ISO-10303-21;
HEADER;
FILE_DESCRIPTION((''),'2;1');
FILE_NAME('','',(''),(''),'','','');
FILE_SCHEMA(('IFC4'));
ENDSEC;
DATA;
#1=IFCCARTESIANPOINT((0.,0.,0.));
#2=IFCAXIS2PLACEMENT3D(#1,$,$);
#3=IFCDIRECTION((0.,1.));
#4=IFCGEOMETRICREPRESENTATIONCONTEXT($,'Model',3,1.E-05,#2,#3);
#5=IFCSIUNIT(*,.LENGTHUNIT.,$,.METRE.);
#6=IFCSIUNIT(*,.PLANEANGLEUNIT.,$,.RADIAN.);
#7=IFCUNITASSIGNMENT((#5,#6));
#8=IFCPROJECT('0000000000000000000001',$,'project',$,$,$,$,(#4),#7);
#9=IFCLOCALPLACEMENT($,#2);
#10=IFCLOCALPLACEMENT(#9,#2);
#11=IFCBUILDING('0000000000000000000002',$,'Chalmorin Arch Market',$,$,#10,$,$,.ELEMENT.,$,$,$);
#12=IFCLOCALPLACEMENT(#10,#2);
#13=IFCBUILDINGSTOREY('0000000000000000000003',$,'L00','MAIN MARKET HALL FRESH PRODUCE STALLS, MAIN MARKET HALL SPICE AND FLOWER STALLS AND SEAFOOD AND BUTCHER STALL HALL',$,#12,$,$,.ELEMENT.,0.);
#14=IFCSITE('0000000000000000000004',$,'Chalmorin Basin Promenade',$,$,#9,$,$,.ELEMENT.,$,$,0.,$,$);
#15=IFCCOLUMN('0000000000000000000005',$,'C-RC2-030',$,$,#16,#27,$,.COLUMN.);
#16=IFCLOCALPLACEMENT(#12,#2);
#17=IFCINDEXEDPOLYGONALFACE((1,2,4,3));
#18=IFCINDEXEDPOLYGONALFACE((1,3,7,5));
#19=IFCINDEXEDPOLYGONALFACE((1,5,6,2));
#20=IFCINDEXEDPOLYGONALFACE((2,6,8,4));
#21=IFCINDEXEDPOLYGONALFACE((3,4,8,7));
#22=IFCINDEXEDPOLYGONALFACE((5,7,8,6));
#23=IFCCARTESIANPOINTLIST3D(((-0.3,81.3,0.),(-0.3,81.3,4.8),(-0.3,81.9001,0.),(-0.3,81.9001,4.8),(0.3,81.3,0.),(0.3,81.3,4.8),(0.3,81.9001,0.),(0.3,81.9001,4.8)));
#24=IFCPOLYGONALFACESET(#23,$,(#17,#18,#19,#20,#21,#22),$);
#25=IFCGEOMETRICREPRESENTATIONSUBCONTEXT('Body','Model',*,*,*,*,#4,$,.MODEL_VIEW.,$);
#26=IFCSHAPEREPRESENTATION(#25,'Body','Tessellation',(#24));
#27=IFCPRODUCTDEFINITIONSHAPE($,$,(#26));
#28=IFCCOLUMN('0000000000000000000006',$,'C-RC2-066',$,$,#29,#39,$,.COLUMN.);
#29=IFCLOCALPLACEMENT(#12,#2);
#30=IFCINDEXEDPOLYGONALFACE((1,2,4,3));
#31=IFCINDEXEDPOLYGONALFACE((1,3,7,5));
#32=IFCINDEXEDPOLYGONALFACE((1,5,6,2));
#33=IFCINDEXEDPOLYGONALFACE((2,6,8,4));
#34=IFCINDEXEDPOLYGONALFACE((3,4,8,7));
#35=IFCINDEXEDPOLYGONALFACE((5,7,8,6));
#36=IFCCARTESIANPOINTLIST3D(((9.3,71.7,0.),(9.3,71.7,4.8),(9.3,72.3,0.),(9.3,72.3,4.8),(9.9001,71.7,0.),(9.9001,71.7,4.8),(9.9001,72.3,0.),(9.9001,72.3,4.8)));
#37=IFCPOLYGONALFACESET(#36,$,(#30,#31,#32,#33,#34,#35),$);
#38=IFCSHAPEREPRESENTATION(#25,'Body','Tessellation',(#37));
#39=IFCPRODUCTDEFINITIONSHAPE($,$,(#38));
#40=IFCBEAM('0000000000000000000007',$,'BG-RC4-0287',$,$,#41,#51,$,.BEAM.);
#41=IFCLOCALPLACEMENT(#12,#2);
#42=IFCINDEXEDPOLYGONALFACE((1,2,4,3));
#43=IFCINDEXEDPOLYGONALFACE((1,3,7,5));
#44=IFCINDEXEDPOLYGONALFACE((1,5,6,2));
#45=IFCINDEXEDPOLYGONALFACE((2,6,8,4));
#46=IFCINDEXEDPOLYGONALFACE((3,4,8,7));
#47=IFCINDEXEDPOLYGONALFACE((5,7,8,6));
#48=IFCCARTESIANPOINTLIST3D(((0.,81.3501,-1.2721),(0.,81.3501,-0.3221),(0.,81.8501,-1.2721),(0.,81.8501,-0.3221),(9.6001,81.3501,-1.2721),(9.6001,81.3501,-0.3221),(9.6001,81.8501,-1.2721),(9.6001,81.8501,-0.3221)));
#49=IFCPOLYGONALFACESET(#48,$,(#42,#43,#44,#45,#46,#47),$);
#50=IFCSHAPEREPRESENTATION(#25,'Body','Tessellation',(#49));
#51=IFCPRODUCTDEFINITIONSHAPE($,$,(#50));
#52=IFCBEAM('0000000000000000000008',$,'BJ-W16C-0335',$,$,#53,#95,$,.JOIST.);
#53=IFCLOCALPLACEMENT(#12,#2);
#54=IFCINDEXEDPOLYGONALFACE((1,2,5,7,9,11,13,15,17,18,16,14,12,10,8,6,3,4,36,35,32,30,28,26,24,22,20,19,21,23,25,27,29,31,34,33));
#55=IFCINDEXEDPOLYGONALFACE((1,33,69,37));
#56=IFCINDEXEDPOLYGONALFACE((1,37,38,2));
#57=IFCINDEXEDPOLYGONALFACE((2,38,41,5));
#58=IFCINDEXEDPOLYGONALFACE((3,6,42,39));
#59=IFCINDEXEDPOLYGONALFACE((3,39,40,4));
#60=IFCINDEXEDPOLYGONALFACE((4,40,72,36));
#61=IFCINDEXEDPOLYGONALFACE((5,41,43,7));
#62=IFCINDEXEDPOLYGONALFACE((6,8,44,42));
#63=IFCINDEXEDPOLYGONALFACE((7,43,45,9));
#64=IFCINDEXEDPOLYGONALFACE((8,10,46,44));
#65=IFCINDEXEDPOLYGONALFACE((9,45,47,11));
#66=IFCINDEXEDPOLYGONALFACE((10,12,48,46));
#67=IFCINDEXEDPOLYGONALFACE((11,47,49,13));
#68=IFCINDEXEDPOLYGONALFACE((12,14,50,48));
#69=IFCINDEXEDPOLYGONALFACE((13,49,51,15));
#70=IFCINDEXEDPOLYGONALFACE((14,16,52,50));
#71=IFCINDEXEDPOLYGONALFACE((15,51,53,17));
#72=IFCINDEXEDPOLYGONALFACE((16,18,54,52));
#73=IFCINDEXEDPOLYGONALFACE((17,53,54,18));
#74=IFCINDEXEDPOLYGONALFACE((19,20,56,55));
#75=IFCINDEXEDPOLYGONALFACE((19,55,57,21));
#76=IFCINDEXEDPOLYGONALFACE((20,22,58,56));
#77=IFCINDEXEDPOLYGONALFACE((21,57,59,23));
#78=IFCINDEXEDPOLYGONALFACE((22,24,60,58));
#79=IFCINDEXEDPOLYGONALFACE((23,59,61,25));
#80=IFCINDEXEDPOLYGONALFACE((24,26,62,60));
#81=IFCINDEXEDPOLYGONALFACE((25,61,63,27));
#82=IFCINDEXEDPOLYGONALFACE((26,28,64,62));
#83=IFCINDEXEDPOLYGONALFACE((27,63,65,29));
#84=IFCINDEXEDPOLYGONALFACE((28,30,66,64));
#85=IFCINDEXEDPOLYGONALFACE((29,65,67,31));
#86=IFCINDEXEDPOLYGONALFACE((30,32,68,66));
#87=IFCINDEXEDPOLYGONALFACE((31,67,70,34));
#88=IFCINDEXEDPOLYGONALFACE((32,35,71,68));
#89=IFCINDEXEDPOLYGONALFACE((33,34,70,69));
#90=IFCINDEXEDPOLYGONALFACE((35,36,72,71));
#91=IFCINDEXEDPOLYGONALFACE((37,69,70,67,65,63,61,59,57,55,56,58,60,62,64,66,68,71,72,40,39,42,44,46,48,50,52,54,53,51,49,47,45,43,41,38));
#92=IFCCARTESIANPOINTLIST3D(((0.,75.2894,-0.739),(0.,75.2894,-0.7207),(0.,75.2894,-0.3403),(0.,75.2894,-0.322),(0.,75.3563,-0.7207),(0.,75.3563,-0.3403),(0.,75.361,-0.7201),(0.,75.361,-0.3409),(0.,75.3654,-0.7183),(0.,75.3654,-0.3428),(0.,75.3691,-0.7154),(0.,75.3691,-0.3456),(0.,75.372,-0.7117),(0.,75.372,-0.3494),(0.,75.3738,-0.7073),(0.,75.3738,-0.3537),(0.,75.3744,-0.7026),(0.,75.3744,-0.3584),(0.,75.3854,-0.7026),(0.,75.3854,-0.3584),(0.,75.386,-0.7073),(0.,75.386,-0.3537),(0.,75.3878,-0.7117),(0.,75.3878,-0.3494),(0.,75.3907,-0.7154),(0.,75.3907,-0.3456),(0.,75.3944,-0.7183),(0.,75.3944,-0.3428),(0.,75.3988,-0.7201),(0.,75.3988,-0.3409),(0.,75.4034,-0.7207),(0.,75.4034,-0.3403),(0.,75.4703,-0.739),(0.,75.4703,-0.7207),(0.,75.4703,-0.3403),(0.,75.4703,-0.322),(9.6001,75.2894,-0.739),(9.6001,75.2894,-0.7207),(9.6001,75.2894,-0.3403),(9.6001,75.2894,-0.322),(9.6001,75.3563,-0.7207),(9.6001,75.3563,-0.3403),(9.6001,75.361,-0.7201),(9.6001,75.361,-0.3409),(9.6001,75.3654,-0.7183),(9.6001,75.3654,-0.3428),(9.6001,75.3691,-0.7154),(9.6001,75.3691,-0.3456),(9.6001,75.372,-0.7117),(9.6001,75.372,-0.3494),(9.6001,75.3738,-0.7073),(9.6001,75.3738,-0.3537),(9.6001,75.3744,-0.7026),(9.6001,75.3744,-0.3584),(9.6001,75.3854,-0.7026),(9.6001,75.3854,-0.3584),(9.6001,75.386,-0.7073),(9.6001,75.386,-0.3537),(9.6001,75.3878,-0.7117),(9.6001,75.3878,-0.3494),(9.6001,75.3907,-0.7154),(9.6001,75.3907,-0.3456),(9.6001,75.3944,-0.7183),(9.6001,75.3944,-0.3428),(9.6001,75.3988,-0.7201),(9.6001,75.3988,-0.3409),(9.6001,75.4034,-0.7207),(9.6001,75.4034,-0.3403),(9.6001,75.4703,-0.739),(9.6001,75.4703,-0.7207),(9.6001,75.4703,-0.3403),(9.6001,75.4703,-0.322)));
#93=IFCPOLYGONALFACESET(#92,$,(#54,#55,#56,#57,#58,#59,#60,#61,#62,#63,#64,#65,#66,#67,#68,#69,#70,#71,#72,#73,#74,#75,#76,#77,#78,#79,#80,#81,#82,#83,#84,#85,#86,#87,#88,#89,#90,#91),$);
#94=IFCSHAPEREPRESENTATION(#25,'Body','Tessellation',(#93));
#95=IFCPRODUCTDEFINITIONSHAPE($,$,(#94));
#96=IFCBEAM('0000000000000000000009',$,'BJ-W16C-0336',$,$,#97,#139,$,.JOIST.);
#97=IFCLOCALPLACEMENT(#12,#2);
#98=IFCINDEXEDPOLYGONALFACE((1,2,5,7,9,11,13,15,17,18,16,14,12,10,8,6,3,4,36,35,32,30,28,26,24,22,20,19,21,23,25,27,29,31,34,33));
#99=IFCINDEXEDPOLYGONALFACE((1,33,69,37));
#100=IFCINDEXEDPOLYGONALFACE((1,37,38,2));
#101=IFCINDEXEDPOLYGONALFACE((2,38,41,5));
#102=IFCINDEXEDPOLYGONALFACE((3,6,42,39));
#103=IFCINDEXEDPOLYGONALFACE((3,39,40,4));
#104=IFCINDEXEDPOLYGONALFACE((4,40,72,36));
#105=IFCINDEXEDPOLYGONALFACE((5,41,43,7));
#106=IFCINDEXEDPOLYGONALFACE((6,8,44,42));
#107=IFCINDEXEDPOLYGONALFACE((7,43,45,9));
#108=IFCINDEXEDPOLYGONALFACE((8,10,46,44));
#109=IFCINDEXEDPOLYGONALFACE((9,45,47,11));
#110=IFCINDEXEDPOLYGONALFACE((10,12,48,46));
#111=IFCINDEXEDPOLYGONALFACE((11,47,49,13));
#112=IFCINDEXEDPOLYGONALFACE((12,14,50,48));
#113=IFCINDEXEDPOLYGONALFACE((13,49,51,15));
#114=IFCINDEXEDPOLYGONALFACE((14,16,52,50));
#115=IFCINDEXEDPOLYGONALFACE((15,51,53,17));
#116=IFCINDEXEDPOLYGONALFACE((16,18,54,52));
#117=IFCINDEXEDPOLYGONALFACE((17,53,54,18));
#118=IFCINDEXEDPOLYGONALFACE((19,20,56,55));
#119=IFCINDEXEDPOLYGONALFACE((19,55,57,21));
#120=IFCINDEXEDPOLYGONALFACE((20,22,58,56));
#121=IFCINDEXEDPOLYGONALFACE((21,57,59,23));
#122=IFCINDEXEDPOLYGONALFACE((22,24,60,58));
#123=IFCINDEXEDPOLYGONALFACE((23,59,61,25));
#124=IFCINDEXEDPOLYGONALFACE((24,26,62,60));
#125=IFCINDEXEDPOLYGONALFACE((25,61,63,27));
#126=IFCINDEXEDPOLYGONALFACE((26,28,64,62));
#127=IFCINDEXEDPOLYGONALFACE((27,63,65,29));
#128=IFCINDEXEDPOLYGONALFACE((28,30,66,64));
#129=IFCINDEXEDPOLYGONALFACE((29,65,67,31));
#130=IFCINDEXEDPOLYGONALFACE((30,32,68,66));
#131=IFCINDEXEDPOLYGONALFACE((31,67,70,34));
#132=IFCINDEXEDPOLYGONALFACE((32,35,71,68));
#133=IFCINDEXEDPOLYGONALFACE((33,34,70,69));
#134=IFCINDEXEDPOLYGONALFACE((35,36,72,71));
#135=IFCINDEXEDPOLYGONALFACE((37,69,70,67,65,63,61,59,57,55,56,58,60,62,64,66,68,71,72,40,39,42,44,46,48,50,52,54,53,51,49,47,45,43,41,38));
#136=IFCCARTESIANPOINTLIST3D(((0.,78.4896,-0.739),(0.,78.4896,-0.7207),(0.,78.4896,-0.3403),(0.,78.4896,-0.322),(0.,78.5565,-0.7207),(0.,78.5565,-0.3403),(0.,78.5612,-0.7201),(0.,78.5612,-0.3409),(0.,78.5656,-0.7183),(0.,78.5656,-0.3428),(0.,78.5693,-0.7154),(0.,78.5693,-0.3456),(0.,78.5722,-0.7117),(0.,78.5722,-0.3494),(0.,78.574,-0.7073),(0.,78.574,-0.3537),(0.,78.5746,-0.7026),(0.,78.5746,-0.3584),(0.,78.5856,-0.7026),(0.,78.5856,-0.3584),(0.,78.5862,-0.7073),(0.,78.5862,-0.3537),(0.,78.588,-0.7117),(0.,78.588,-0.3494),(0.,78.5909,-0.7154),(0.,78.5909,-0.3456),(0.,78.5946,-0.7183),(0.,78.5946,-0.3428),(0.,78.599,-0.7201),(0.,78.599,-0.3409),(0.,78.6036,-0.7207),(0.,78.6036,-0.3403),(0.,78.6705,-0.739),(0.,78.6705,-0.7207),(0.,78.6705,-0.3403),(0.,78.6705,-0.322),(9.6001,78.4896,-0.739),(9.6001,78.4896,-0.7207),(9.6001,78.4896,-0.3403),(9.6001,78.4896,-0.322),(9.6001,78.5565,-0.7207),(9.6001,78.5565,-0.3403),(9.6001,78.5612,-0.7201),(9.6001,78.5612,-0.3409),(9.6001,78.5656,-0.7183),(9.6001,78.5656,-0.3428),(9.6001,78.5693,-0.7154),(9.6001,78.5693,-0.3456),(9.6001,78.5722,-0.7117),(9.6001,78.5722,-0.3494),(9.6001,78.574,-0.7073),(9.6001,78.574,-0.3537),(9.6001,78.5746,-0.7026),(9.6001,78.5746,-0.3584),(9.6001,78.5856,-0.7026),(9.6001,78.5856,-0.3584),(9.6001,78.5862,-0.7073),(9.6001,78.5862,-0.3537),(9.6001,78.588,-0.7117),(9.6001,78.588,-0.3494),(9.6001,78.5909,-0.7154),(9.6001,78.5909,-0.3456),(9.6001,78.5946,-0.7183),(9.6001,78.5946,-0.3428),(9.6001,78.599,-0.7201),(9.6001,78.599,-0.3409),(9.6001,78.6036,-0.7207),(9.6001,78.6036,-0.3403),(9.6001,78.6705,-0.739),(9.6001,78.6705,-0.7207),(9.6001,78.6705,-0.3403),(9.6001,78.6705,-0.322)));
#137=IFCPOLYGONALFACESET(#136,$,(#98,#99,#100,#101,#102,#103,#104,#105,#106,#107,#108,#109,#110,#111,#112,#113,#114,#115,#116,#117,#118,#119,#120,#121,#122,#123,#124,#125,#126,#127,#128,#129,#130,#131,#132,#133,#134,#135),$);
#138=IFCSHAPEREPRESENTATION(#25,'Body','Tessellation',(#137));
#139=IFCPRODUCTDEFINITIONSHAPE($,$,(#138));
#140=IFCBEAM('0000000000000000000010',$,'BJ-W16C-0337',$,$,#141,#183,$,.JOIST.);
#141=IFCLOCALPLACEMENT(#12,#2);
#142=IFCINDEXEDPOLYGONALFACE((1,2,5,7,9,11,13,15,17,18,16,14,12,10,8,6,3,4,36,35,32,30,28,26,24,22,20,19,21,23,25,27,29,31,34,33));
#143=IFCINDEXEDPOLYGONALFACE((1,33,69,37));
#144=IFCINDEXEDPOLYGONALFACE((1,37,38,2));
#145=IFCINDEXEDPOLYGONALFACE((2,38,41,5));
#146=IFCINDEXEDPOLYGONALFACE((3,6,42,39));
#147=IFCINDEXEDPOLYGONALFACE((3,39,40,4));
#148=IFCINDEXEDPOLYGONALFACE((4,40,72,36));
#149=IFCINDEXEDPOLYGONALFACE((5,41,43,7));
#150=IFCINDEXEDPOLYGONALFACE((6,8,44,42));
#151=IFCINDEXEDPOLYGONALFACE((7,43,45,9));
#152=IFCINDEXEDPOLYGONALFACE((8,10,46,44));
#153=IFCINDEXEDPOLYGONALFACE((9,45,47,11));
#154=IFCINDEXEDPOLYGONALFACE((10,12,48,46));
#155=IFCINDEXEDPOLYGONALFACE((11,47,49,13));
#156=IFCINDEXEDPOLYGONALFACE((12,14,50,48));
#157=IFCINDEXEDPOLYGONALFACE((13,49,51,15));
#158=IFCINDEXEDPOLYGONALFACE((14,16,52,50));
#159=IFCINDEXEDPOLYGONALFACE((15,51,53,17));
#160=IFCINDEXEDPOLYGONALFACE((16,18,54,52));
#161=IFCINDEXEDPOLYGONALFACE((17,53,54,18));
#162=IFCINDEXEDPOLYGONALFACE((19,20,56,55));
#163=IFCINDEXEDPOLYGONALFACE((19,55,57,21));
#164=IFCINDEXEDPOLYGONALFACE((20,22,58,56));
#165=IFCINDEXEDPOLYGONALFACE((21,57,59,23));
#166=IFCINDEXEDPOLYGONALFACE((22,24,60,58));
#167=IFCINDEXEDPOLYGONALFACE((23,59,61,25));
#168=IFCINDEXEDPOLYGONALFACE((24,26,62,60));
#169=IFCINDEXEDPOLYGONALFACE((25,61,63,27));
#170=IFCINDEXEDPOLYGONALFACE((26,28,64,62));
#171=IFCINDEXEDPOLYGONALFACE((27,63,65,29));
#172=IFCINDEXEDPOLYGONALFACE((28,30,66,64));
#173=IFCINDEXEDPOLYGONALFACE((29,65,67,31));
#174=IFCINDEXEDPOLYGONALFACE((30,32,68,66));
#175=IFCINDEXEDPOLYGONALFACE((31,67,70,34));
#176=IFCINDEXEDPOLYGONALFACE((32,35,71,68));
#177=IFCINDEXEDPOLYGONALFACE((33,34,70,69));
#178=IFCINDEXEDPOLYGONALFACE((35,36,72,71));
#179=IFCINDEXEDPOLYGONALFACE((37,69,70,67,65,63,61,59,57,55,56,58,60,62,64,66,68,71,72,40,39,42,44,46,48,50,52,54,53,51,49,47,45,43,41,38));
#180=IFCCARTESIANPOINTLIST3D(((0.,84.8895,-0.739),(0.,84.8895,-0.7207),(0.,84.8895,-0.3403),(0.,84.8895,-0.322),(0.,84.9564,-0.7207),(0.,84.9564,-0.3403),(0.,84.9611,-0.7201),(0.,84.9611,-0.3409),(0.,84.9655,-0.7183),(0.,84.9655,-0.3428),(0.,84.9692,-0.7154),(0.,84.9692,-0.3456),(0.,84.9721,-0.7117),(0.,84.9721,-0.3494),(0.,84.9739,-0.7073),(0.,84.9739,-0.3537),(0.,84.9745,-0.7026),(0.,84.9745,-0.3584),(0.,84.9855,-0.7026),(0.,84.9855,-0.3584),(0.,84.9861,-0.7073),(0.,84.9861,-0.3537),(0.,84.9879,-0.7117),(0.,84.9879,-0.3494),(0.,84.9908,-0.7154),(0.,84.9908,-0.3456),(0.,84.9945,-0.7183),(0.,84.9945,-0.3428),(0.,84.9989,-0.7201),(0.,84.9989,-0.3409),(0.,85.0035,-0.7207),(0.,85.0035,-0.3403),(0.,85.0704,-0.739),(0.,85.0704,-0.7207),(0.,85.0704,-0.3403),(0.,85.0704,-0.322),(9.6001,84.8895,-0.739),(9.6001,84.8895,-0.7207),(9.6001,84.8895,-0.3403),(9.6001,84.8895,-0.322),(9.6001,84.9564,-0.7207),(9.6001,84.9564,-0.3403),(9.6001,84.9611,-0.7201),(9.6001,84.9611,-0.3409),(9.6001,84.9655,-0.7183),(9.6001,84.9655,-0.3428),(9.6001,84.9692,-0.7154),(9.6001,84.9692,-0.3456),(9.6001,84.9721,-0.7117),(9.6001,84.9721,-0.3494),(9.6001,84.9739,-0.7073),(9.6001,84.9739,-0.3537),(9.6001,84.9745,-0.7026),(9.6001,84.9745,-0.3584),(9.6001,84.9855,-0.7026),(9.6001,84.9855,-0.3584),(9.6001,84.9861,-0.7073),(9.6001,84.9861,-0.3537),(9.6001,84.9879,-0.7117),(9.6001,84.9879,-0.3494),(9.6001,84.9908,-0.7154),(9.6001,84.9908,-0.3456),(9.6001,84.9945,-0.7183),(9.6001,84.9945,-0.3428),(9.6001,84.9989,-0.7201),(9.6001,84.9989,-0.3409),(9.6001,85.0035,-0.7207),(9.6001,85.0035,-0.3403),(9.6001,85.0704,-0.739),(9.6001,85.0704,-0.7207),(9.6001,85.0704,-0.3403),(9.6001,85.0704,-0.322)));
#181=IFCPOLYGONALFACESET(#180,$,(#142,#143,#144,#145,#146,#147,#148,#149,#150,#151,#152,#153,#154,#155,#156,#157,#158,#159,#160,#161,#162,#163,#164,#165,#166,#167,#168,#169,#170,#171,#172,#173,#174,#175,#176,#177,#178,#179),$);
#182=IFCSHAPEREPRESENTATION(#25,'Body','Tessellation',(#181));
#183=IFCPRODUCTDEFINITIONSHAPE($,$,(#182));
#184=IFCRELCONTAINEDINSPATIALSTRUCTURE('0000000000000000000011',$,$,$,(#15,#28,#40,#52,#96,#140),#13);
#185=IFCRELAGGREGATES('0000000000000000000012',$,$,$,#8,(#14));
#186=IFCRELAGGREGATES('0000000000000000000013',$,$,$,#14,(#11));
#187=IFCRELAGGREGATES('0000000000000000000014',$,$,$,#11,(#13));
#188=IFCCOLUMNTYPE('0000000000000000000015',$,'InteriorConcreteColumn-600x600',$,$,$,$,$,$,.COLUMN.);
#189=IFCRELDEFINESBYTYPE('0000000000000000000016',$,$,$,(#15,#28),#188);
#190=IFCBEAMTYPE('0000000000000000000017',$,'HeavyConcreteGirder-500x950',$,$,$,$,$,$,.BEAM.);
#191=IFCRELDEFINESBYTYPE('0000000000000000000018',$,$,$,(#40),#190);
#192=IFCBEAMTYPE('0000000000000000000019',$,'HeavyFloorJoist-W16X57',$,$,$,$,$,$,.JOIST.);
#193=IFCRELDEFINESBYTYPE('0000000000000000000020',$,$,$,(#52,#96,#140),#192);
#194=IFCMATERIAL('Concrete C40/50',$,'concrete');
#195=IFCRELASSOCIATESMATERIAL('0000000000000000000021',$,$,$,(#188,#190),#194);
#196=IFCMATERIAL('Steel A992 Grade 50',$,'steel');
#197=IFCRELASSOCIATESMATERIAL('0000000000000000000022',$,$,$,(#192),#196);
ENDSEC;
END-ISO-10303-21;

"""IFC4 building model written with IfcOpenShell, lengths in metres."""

from ifc_helpers import new_model, si_unit, direction, frame, origin, origin_2d, place, context, subcontext, project, spatial, rectangle, i_section, extrude, material, material_profile, profile_set, type_object, element, save


model = new_model("IFC4")

# Units and contexts
model_context = context("Model", 3, precision=1e-05, world=origin(), true_north=direction((0.0, 1.0)))
body_context = subcontext(model_context, "Body", "Model", "MODEL_VIEW")
ifc_project = project(units=[si_unit("LENGTHUNIT", "METRE"), si_unit("PLANEANGLEUNIT", "RADIAN")], contexts=[model_context])

# Site, building, storey
site_placement = place(None, origin())
site = spatial("IfcSite", under=ifc_project, at=site_placement, Name="Chalmorin Basin Promenade", CompositionType="ELEMENT", RefElevation=0.0)
building_placement = place(site_placement, origin())
building = spatial("IfcBuilding", under=site, at=building_placement, Name="Chalmorin Arch Market", CompositionType="ELEMENT")
storey_placement = place(building_placement, origin())
storey = spatial("IfcBuildingStorey", under=building, at=storey_placement, Name="L00", Description="MAIN MARKET HALL FRESH PRODUCE STALLS, MAIN MARKET HALL SPICE AND FLOWER STALLS AND SEAFOOD AND BUTCHER STALL HALL", CompositionType="ELEMENT", Elevation=0.0)

# Columns
ifc_material_1 = material(Name="Concrete C40/50", Category="concrete")
ifc_material_profile_1 = material_profile(ifc_material_1, rectangle(XDim=0.6001, YDim=0.6001, at=origin_2d()), Name="RC600X600")
ifc_profile_set_1 = profile_set([ifc_material_profile_1], Name="Concrete C40/50")
column_type = type_object("IfcColumnType", Name="InteriorConcreteColumn-600x600", PredefinedType="COLUMN", material=ifc_profile_set_1)
for number, where, z_axis, x_axis, name in (
    (1, (0.0, 81.6001, 0.0), (0.0, 0.0, 1.0), (1.0, 0.0, 0.0), "C-RC2-030"),
    (2, (9.6001, 72.0, 0.0), (0.0, 0.0, 1.0), (1.0, 0.0, 0.0), "C-RC2-066"),
):
    element("IfcColumn", number, at=place(storey_placement, frame(where, z_axis=z_axis, x_axis=x_axis)), inside=storey, type_object=column_type, Name=name, PredefinedType="COLUMN", context=body_context, shape_type="SweptSolid", body=[
        extrude(rectangle(XDim=0.6001, YDim=0.6001, at=origin_2d()), origin(), (0.0, 0.0, 1.0), 4.8),
    ])

# Beams
ifc_material_profile_2 = material_profile(ifc_material_1, rectangle(XDim=0.5, YDim=0.95, at=origin_2d()), Name="RC500X950")
ifc_profile_set_2 = profile_set([ifc_material_profile_2], Name="Concrete C40/50")
beam_type_1 = type_object("IfcBeamType", Name="HeavyConcreteGirder-500x950", PredefinedType="BEAM", material=ifc_profile_set_2)
beam_1_placement = place(storey_placement, frame((0.0, 81.6001, -0.7971), z_axis=(1.0, 0.0, 0.0), x_axis=(0.0, 1.0, 0.0)))
element("IfcBeam", 3, at=beam_1_placement, inside=storey, type_object=beam_type_1, Name="BG-RC4-0287", PredefinedType="BEAM", context=body_context, shape_type="SweptSolid", body=[
    extrude(rectangle(XDim=0.5, YDim=0.95, at=origin_2d()), origin(), (0.0, 0.0, 1.0), 9.6001),
])
ifc_material_2 = material(Name="Steel A992 Grade 50", Category="steel")
ifc_material_profile_3 = material_profile(ifc_material_2, i_section(OverallWidth=0.1809, OverallDepth=0.417, WebThickness=0.011, FlangeThickness=0.0183, FilletRadius=0.0181, at=origin_2d()), Name="W16X57")
ifc_profile_set_3 = profile_set([ifc_material_profile_3], Name="Steel A992 Grade 50")
beam_type_2 = type_object("IfcBeamType", Name="HeavyFloorJoist-W16X57", PredefinedType="JOIST", material=ifc_profile_set_3)
for number, where, z_axis, x_axis, name in (
    (4, (0.0, 75.3799, -0.5305), (1.0, 0.0, 0.0), (0.0, 1.0, 0.0), "BJ-W16C-0335"),
    (5, (0.0, 78.5801, -0.5305), (1.0, 0.0, 0.0), (0.0, 1.0, 0.0), "BJ-W16C-0336"),
    (6, (0.0, 84.98, -0.5305), (1.0, 0.0, 0.0), (0.0, 1.0, 0.0), "BJ-W16C-0337"),
):
    element("IfcBeam", number, at=place(storey_placement, frame(where, z_axis=z_axis, x_axis=x_axis)), inside=storey, type_object=beam_type_2, Name=name, PredefinedType="JOIST", context=body_context, shape_type="SweptSolid", body=[
        extrude(i_section(OverallWidth=0.1809, OverallDepth=0.417, WebThickness=0.011, FlangeThickness=0.0183, FilletRadius=0.0181, at=origin_2d()), origin(), (0.0, 0.0, 1.0), 9.6001),
    ])

save(model, "model.ifc")
